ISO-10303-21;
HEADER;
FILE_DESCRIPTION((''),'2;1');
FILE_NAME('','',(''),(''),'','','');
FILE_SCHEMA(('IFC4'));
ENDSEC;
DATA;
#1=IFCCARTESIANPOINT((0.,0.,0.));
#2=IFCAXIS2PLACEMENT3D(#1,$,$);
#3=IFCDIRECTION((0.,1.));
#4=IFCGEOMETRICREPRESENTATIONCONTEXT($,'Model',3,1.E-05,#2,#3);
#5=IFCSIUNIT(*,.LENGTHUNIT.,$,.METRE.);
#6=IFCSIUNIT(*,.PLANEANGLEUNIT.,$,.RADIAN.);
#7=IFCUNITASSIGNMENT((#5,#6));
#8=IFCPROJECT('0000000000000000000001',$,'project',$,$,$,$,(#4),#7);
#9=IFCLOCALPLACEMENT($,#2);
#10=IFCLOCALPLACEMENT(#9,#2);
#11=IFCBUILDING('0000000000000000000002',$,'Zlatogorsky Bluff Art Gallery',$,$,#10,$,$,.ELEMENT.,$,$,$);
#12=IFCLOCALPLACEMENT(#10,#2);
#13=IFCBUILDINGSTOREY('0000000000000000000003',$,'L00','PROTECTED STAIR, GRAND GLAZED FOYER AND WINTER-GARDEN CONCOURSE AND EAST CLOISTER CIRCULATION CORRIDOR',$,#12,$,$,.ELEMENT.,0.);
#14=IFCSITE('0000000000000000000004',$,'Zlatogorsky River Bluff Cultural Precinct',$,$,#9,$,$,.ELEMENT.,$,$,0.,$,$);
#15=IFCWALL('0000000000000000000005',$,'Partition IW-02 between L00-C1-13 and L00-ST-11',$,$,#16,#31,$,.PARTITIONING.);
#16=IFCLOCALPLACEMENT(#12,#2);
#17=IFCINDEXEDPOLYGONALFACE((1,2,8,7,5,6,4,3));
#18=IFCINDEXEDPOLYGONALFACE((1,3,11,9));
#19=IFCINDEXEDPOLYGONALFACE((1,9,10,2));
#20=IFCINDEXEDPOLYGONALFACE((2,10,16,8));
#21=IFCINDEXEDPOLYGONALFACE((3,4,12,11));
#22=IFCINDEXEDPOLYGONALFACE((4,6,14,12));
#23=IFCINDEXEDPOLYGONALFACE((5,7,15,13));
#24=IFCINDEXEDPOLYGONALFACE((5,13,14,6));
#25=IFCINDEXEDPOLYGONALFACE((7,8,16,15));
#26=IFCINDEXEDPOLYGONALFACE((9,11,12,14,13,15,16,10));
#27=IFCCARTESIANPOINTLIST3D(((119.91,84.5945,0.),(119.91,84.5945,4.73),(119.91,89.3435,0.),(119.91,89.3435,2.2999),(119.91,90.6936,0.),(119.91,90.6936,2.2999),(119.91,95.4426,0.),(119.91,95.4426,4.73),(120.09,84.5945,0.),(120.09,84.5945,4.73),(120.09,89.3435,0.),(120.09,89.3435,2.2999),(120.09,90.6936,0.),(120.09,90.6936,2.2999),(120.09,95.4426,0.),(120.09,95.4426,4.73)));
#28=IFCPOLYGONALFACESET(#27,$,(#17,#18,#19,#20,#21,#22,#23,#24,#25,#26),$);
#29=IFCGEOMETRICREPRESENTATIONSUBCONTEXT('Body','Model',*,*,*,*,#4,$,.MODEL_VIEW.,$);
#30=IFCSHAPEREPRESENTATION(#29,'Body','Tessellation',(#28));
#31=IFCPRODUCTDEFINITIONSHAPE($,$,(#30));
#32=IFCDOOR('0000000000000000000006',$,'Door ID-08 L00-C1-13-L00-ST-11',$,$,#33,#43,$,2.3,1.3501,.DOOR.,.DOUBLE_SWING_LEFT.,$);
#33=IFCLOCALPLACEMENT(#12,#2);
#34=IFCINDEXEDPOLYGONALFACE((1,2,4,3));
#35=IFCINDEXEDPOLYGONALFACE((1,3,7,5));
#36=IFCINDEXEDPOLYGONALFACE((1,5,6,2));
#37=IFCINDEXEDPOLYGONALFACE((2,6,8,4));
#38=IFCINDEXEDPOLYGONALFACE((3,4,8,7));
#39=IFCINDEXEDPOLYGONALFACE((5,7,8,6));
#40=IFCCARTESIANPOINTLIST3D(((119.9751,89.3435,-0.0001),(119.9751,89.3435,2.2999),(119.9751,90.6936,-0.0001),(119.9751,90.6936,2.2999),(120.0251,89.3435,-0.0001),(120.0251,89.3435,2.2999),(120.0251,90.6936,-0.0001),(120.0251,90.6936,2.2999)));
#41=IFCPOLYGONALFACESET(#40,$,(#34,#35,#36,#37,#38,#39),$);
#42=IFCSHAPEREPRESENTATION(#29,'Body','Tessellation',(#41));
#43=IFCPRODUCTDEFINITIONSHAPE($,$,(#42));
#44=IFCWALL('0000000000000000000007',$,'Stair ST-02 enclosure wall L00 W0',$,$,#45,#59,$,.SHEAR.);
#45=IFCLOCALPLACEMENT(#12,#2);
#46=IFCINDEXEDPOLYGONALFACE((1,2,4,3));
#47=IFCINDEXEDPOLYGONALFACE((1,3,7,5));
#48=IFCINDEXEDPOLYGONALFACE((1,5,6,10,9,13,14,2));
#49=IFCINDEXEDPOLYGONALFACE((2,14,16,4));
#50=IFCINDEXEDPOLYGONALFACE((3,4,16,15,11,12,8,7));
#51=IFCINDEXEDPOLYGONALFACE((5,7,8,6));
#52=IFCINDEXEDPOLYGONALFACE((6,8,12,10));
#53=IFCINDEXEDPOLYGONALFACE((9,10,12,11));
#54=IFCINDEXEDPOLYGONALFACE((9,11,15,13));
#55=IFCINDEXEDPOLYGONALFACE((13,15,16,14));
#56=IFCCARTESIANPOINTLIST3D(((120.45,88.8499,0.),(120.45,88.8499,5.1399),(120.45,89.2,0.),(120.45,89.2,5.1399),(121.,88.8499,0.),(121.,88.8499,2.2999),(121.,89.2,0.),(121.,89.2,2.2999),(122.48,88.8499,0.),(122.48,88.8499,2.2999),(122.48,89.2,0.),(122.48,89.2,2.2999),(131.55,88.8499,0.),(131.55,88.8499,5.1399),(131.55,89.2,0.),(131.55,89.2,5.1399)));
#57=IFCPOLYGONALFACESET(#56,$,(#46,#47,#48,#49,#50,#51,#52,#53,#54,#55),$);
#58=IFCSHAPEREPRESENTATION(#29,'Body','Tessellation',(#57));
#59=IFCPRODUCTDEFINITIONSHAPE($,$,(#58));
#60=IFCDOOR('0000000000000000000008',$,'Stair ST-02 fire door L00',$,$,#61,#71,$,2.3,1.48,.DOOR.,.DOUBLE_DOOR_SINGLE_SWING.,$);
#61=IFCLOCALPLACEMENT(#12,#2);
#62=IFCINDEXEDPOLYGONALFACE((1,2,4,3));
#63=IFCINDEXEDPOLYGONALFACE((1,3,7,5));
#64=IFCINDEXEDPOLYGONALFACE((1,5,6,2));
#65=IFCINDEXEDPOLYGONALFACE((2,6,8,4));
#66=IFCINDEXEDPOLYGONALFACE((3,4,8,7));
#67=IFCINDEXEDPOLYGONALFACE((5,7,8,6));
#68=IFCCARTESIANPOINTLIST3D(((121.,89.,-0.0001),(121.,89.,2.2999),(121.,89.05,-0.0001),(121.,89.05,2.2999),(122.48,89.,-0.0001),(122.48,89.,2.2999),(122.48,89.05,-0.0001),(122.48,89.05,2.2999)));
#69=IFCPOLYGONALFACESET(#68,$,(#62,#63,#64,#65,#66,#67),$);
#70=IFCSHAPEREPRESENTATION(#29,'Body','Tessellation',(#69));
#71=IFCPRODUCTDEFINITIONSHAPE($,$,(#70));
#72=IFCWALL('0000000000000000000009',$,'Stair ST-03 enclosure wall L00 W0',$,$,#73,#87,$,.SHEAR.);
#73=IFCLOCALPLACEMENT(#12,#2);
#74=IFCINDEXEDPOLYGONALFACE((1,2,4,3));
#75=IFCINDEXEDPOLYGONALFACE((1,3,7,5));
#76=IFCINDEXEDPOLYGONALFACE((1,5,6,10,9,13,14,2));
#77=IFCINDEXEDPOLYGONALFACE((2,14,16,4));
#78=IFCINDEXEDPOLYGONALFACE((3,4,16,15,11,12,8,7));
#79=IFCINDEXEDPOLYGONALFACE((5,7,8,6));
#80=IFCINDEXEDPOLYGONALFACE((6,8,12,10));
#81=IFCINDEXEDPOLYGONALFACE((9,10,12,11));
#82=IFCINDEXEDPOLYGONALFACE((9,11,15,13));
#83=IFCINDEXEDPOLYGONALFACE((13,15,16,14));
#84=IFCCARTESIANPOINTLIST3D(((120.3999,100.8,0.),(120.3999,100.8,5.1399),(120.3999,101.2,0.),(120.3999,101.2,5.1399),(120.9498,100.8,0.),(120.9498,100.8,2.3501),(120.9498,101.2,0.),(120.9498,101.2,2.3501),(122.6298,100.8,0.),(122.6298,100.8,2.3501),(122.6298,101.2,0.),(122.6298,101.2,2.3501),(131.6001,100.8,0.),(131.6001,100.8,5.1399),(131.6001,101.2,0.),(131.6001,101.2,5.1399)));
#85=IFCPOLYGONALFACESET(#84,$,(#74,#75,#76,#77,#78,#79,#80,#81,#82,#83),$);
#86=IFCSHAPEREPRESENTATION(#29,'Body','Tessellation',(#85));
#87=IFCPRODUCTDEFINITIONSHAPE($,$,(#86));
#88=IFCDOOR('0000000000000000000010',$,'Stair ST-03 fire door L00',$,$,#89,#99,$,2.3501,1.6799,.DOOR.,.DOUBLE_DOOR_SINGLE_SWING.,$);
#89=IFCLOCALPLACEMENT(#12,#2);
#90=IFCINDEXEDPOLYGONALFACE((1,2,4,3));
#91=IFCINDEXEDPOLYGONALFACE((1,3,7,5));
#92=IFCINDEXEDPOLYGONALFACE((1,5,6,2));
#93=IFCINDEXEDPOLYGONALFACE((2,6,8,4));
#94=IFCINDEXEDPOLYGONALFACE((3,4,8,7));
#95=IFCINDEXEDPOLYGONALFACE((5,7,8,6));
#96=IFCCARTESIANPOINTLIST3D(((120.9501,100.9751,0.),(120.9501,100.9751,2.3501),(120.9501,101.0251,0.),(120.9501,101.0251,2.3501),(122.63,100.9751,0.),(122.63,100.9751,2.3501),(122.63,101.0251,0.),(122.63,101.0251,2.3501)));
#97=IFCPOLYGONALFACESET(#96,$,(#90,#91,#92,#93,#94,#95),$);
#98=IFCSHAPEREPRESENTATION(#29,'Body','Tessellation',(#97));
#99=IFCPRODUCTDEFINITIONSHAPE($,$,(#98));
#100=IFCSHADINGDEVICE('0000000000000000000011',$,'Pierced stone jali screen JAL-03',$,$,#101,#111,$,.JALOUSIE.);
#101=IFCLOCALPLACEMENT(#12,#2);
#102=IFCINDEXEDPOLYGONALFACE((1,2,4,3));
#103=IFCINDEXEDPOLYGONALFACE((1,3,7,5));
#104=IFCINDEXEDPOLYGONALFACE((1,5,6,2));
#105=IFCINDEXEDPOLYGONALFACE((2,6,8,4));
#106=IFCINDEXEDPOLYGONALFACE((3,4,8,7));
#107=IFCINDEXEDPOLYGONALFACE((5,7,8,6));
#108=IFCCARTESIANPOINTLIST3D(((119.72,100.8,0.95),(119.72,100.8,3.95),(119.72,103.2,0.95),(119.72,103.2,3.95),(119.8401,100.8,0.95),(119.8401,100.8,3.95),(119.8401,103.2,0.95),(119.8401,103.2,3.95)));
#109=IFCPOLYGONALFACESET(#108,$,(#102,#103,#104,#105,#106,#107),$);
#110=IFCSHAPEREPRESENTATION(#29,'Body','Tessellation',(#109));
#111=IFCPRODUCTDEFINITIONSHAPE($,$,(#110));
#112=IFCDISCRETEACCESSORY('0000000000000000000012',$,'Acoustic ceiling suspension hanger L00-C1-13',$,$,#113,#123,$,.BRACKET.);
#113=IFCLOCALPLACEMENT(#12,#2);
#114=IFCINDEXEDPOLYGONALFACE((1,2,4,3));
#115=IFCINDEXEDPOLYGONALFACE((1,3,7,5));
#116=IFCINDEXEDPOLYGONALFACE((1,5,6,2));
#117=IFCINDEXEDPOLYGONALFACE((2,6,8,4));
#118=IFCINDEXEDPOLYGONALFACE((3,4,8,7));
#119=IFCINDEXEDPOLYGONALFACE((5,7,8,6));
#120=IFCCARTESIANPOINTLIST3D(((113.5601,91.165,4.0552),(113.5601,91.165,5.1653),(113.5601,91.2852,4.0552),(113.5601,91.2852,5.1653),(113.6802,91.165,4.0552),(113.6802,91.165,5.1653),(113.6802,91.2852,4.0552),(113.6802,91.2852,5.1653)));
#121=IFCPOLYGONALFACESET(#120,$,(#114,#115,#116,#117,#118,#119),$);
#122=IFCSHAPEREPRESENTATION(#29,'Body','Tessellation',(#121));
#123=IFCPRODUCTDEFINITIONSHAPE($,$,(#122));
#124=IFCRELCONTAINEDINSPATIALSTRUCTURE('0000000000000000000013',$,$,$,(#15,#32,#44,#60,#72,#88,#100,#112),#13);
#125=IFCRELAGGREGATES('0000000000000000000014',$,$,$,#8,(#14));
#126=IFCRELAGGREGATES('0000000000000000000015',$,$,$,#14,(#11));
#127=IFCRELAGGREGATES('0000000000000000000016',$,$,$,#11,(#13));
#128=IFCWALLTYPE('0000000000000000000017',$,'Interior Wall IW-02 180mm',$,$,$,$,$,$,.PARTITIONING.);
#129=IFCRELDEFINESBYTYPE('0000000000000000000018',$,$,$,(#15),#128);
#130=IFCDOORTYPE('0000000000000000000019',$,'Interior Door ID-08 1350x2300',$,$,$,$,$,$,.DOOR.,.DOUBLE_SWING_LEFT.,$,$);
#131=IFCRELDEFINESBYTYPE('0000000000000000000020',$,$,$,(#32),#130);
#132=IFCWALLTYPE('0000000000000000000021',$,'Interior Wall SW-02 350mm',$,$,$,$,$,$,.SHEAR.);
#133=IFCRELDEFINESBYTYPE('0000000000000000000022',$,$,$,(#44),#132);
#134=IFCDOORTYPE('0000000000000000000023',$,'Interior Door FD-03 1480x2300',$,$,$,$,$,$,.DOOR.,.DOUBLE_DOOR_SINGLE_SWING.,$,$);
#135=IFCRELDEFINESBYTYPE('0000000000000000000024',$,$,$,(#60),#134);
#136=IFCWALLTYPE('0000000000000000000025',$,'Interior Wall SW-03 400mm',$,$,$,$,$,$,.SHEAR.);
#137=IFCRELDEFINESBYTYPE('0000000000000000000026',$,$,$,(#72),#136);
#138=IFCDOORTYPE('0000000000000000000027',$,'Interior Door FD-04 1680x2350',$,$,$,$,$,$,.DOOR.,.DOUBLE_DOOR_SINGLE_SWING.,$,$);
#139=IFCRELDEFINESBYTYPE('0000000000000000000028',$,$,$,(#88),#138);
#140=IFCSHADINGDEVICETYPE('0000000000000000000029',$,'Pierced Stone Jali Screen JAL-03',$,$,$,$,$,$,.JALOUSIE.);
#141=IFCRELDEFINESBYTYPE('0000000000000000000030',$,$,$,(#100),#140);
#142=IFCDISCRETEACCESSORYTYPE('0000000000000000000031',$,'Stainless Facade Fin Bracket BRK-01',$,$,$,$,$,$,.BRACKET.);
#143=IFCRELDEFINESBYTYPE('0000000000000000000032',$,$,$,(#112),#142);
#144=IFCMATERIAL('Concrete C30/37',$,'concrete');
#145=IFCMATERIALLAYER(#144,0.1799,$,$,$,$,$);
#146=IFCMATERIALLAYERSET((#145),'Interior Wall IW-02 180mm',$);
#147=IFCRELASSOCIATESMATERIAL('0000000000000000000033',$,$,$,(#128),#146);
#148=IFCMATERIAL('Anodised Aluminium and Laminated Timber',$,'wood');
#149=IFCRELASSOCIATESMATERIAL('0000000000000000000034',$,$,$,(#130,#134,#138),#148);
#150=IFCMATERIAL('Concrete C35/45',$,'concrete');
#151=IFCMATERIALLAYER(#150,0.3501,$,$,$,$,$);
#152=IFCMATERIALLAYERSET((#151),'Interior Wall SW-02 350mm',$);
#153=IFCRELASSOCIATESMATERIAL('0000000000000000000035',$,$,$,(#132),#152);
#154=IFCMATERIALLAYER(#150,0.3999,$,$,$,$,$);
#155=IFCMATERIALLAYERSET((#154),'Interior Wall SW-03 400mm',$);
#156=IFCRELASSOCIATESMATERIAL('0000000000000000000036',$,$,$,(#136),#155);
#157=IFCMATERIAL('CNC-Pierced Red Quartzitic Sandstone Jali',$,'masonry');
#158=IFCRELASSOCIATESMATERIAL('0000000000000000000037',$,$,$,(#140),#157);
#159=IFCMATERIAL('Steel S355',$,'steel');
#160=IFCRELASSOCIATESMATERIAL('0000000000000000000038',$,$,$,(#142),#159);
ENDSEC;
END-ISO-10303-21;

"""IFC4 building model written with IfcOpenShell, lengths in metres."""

from ifc_helpers import new_model, si_unit, direction, frame, frame_2d, origin, origin_2d, place, context, subcontext, project, spatial, rectangle, extrude, material, layer, layer_set, type_object, element, fill, save


model = new_model("IFC4")

# Units and contexts
model_context = context("Model", 3, precision=1e-05, world=origin(), true_north=direction((0.0, 1.0)))
body_context = subcontext(model_context, "Body", "Model", "MODEL_VIEW")
ifc_project = project(units=[si_unit("LENGTHUNIT", "METRE"), si_unit("PLANEANGLEUNIT", "RADIAN")], contexts=[model_context])

# Site, building, storey
site_placement = place(None, origin())
site = spatial("IfcSite", under=ifc_project, at=site_placement, Name="Zlatogorsky River Bluff Cultural Precinct", CompositionType="ELEMENT", RefElevation=0.0)
building_placement = place(site_placement, origin())
building = spatial("IfcBuilding", under=site, at=building_placement, Name="Zlatogorsky Bluff Art Gallery", CompositionType="ELEMENT")
storey_placement = place(building_placement, origin())
storey = spatial("IfcBuildingStorey", under=building, at=storey_placement, Name="L00", Description="PROTECTED STAIR, GRAND GLAZED FOYER AND WINTER-GARDEN CONCOURSE AND EAST CLOISTER CIRCULATION CORRIDOR", CompositionType="ELEMENT", Elevation=0.0)

# Shared definitions
ifc_material_1 = material(Name="Steel S355", Category="steel")

# Walls, openings, doors
ifc_material_2 = material(Name="Concrete C30/37", Category="concrete")
ifc_layer_1 = layer(ifc_material_2, 0.1799)
ifc_layer_set_1 = layer_set([ifc_layer_1], Name="Interior Wall IW-02 180mm")
wall_type_1 = type_object("IfcWallType", Name="Interior Wall IW-02 180mm", PredefinedType="PARTITIONING", material=ifc_layer_set_1)
wall_1_placement = place(storey_placement, frame((120.0, 84.5945, 0.0), z_axis=(0.0, 0.0, 1.0), x_axis=(0.0, 1.0, 0.0)))
wall_1 = element("IfcWall", 1, at=wall_1_placement, inside=storey, type_object=wall_type_1, Name="Partition IW-02 between L00-C1-13 and L00-ST-11", PredefinedType="PARTITIONING", context=body_context, shape_type="SweptSolid", body=[
    extrude(rectangle(XDim=10.8481, YDim=0.1799, at=frame_2d((5.4241, 0.0))), origin(), (0.0, 0.0, 1.0), 4.73),
])
opening_1_placement = place(wall_1_placement, frame((4.749, 0.0, 0.0)))
opening_1 = element("IfcOpeningElement", 2, at=opening_1_placement, cuts=wall_1, PredefinedType="OPENING", context=body_context, shape_type="SweptSolid", body=[
    extrude(rectangle(XDim=1.3501, YDim=2.3, at=frame_2d((0.675, 1.1499))), frame((0.0, 0.0999, 0.0), z_axis=(0.0, -1.0, 0.0), x_axis=(1.0, 0.0, 0.0)), (0.0, 0.0, 1.0), 0.2),
])
ifc_material_3 = material(Name="Anodised Aluminium and Laminated Timber", Category="wood")
door_type_1 = type_object("IfcDoorType", Name="Interior Door ID-08 1350x2300", OperationType="DOUBLE_SWING_LEFT", PredefinedType="DOOR", material=ifc_material_3)
door_1_placement = place(opening_1_placement, origin())
door_1 = element("IfcDoor", 3, at=door_1_placement, inside=storey, type_object=door_type_1, Name="Door ID-08 L00-C1-13-L00-ST-11", OperationType="DOUBLE_SWING_LEFT", OverallHeight=2.3, OverallWidth=1.3501, PredefinedType="DOOR", context=body_context, shape_type="SweptSolid", body=[
    extrude(rectangle(XDim=1.3501, YDim=2.3, at=frame_2d((0.675, 1.1499))), frame((0.0, 0.0249, 0.0), z_axis=(0.0, -1.0, 0.0), x_axis=(1.0, 0.0, 0.0)), (0.0, 0.0, 1.0), 0.05),
])
fill(opening_1, door_1)
ifc_material_4 = material(Name="Concrete C35/45", Category="concrete")
ifc_layer_2 = layer(ifc_material_4, 0.3501)
ifc_layer_set_2 = layer_set([ifc_layer_2], Name="Interior Wall SW-02 350mm")
wall_type_2 = type_object("IfcWallType", Name="Interior Wall SW-02 350mm", PredefinedType="SHEAR", material=ifc_layer_set_2)
wall_2_placement = place(storey_placement, frame((120.45, 89.0249, 0.0), z_axis=(0.0, 0.0, 1.0), x_axis=(1.0, 0.0, 0.0)))
wall_2 = element("IfcWall", 4, at=wall_2_placement, inside=storey, type_object=wall_type_2, Name="Stair ST-02 enclosure wall L00 W0", PredefinedType="SHEAR", context=body_context, shape_type="SweptSolid", body=[
    extrude(rectangle(XDim=11.1001, YDim=0.3501, at=frame_2d((5.55, 0.0))), origin(), (0.0, 0.0, 1.0), 5.1399),
])
opening_2_placement = place(wall_2_placement, frame((0.55, 0.0, 0.0)))
opening_2 = element("IfcOpeningElement", 5, at=opening_2_placement, cuts=wall_2, PredefinedType="OPENING", context=body_context, shape_type="SweptSolid", body=[
    extrude(rectangle(XDim=1.48, YDim=2.3, at=frame_2d((0.74, 1.1499))), frame((0.0, 0.1851, 0.0), z_axis=(0.0, -1.0, 0.0), x_axis=(1.0, 0.0, 0.0)), (0.0, 0.0, 1.0), 0.3701),
])
door_type_2 = type_object("IfcDoorType", Name="Interior Door FD-03 1480x2300", OperationType="DOUBLE_DOOR_SINGLE_SWING", PredefinedType="DOOR", material=ifc_material_3)
door_2_placement = place(opening_2_placement, frame((1.48, 0.0, 0.0), z_axis=(0.0, 0.0, 1.0), x_axis=(-1.0, 0.0, 0.0)))
door_2 = element("IfcDoor", 6, at=door_2_placement, inside=storey, type_object=door_type_2, Name="Stair ST-02 fire door L00", OperationType="DOUBLE_DOOR_SINGLE_SWING", OverallHeight=2.3, OverallWidth=1.48, PredefinedType="DOOR", context=body_context, shape_type="SweptSolid", body=[
    extrude(rectangle(XDim=1.48, YDim=2.3, at=frame_2d((0.74, 1.1499))), frame((0.0, 0.0249, 0.0), z_axis=(0.0, -1.0, 0.0), x_axis=(1.0, 0.0, 0.0)), (0.0, 0.0, 1.0), 0.05),
])
fill(opening_2, door_2)
ifc_layer_3 = layer(ifc_material_4, 0.3999)
ifc_layer_set_3 = layer_set([ifc_layer_3], Name="Interior Wall SW-03 400mm")
wall_type_3 = type_object("IfcWallType", Name="Interior Wall SW-03 400mm", PredefinedType="SHEAR", material=ifc_layer_set_3)
wall_3_placement = place(storey_placement, frame((120.3999, 101.0, 0.0), z_axis=(0.0, 0.0, 1.0), x_axis=(1.0, 0.0, 0.0)))
wall_3 = element("IfcWall", 7, at=wall_3_placement, inside=storey, type_object=wall_type_3, Name="Stair ST-03 enclosure wall L00 W0", PredefinedType="SHEAR", context=body_context, shape_type="SweptSolid", body=[
    extrude(rectangle(XDim=11.2002, YDim=0.3999, at=frame_2d((5.6001, 0.0))), origin(), (0.0, 0.0, 1.0), 5.1399),
])
opening_3_placement = place(wall_3_placement, frame((0.55, 0.0, 0.0)))
opening_3 = element("IfcOpeningElement", 8, at=opening_3_placement, cuts=wall_3, PredefinedType="OPENING", context=body_context, shape_type="SweptSolid", body=[
    extrude(rectangle(XDim=1.6799, YDim=2.3501, at=frame_2d((0.8398, 1.175))), frame((0.0, 0.21, 0.0), z_axis=(0.0, -1.0, 0.0), x_axis=(1.0, 0.0, 0.0)), (0.0, 0.0, 1.0), 0.4199),
])
door_type_3 = type_object("IfcDoorType", Name="Interior Door FD-04 1680x2350", OperationType="DOUBLE_DOOR_SINGLE_SWING", PredefinedType="DOOR", material=ifc_material_3)
door_3_placement = place(opening_3_placement, frame((1.6799, 0.0, 0.0), z_axis=(0.0, 0.0, 1.0), x_axis=(-1.0, 0.0, 0.0)))
door_3 = element("IfcDoor", 9, at=door_3_placement, inside=storey, type_object=door_type_3, Name="Stair ST-03 fire door L00", OperationType="DOUBLE_DOOR_SINGLE_SWING", OverallHeight=2.3501, OverallWidth=1.6799, PredefinedType="DOOR", context=body_context, shape_type="SweptSolid", body=[
    extrude(rectangle(XDim=1.6799, YDim=2.3501, at=frame_2d((0.8398, 1.175))), frame((0.0, 0.0249, 0.0), z_axis=(0.0, -1.0, 0.0), x_axis=(1.0, 0.0, 0.0)), (0.0, 0.0, 1.0), 0.05),
])
fill(opening_3, door_3)

# Shading device
ifc_material_5 = material(Name="CNC-Pierced Red Quartzitic Sandstone Jali", Category="masonry")
shading_device_type = type_object("IfcShadingDeviceType", Name="Pierced Stone Jali Screen JAL-03", PredefinedType="JALOUSIE", material=ifc_material_5)
shading_device_placement = place(storey_placement, frame((119.78, 102.0, 0.95), z_axis=(0.0, 0.0, 1.0), x_axis=(1.0, 0.0, 0.0)))
element("IfcShadingDevice", 10, at=shading_device_placement, inside=storey, type_object=shading_device_type, Name="Pierced stone jali screen JAL-03", PredefinedType="JALOUSIE", context=body_context, shape_type="SweptSolid", body=[
    extrude(rectangle(XDim=0.1201, YDim=2.3999, at=origin_2d()), origin(), (0.0, 0.0, 1.0), 3.0),
])

# Discrete accessory
discrete_accessory_type = type_object("IfcDiscreteAccessoryType", Name="Stainless Facade Fin Bracket BRK-01", PredefinedType="BRACKET", material=ifc_material_1)
discrete_accessory_placement = place(storey_placement, frame((113.6201, 91.2251, 4.0552), z_axis=(0.0, 0.0, 1.0), x_axis=(1.0, 0.0, 0.0)))
element("IfcDiscreteAccessory", 11, at=discrete_accessory_placement, inside=storey, type_object=discrete_accessory_type, Name="Acoustic ceiling suspension hanger L00-C1-13", PredefinedType="BRACKET", context=body_context, shape_type="SweptSolid", body=[
    extrude(rectangle(XDim=0.1201, YDim=0.1201, at=origin_2d()), origin(), (0.0, 0.0, 1.0), 1.1101),
])

save(model, "model.ifc")
